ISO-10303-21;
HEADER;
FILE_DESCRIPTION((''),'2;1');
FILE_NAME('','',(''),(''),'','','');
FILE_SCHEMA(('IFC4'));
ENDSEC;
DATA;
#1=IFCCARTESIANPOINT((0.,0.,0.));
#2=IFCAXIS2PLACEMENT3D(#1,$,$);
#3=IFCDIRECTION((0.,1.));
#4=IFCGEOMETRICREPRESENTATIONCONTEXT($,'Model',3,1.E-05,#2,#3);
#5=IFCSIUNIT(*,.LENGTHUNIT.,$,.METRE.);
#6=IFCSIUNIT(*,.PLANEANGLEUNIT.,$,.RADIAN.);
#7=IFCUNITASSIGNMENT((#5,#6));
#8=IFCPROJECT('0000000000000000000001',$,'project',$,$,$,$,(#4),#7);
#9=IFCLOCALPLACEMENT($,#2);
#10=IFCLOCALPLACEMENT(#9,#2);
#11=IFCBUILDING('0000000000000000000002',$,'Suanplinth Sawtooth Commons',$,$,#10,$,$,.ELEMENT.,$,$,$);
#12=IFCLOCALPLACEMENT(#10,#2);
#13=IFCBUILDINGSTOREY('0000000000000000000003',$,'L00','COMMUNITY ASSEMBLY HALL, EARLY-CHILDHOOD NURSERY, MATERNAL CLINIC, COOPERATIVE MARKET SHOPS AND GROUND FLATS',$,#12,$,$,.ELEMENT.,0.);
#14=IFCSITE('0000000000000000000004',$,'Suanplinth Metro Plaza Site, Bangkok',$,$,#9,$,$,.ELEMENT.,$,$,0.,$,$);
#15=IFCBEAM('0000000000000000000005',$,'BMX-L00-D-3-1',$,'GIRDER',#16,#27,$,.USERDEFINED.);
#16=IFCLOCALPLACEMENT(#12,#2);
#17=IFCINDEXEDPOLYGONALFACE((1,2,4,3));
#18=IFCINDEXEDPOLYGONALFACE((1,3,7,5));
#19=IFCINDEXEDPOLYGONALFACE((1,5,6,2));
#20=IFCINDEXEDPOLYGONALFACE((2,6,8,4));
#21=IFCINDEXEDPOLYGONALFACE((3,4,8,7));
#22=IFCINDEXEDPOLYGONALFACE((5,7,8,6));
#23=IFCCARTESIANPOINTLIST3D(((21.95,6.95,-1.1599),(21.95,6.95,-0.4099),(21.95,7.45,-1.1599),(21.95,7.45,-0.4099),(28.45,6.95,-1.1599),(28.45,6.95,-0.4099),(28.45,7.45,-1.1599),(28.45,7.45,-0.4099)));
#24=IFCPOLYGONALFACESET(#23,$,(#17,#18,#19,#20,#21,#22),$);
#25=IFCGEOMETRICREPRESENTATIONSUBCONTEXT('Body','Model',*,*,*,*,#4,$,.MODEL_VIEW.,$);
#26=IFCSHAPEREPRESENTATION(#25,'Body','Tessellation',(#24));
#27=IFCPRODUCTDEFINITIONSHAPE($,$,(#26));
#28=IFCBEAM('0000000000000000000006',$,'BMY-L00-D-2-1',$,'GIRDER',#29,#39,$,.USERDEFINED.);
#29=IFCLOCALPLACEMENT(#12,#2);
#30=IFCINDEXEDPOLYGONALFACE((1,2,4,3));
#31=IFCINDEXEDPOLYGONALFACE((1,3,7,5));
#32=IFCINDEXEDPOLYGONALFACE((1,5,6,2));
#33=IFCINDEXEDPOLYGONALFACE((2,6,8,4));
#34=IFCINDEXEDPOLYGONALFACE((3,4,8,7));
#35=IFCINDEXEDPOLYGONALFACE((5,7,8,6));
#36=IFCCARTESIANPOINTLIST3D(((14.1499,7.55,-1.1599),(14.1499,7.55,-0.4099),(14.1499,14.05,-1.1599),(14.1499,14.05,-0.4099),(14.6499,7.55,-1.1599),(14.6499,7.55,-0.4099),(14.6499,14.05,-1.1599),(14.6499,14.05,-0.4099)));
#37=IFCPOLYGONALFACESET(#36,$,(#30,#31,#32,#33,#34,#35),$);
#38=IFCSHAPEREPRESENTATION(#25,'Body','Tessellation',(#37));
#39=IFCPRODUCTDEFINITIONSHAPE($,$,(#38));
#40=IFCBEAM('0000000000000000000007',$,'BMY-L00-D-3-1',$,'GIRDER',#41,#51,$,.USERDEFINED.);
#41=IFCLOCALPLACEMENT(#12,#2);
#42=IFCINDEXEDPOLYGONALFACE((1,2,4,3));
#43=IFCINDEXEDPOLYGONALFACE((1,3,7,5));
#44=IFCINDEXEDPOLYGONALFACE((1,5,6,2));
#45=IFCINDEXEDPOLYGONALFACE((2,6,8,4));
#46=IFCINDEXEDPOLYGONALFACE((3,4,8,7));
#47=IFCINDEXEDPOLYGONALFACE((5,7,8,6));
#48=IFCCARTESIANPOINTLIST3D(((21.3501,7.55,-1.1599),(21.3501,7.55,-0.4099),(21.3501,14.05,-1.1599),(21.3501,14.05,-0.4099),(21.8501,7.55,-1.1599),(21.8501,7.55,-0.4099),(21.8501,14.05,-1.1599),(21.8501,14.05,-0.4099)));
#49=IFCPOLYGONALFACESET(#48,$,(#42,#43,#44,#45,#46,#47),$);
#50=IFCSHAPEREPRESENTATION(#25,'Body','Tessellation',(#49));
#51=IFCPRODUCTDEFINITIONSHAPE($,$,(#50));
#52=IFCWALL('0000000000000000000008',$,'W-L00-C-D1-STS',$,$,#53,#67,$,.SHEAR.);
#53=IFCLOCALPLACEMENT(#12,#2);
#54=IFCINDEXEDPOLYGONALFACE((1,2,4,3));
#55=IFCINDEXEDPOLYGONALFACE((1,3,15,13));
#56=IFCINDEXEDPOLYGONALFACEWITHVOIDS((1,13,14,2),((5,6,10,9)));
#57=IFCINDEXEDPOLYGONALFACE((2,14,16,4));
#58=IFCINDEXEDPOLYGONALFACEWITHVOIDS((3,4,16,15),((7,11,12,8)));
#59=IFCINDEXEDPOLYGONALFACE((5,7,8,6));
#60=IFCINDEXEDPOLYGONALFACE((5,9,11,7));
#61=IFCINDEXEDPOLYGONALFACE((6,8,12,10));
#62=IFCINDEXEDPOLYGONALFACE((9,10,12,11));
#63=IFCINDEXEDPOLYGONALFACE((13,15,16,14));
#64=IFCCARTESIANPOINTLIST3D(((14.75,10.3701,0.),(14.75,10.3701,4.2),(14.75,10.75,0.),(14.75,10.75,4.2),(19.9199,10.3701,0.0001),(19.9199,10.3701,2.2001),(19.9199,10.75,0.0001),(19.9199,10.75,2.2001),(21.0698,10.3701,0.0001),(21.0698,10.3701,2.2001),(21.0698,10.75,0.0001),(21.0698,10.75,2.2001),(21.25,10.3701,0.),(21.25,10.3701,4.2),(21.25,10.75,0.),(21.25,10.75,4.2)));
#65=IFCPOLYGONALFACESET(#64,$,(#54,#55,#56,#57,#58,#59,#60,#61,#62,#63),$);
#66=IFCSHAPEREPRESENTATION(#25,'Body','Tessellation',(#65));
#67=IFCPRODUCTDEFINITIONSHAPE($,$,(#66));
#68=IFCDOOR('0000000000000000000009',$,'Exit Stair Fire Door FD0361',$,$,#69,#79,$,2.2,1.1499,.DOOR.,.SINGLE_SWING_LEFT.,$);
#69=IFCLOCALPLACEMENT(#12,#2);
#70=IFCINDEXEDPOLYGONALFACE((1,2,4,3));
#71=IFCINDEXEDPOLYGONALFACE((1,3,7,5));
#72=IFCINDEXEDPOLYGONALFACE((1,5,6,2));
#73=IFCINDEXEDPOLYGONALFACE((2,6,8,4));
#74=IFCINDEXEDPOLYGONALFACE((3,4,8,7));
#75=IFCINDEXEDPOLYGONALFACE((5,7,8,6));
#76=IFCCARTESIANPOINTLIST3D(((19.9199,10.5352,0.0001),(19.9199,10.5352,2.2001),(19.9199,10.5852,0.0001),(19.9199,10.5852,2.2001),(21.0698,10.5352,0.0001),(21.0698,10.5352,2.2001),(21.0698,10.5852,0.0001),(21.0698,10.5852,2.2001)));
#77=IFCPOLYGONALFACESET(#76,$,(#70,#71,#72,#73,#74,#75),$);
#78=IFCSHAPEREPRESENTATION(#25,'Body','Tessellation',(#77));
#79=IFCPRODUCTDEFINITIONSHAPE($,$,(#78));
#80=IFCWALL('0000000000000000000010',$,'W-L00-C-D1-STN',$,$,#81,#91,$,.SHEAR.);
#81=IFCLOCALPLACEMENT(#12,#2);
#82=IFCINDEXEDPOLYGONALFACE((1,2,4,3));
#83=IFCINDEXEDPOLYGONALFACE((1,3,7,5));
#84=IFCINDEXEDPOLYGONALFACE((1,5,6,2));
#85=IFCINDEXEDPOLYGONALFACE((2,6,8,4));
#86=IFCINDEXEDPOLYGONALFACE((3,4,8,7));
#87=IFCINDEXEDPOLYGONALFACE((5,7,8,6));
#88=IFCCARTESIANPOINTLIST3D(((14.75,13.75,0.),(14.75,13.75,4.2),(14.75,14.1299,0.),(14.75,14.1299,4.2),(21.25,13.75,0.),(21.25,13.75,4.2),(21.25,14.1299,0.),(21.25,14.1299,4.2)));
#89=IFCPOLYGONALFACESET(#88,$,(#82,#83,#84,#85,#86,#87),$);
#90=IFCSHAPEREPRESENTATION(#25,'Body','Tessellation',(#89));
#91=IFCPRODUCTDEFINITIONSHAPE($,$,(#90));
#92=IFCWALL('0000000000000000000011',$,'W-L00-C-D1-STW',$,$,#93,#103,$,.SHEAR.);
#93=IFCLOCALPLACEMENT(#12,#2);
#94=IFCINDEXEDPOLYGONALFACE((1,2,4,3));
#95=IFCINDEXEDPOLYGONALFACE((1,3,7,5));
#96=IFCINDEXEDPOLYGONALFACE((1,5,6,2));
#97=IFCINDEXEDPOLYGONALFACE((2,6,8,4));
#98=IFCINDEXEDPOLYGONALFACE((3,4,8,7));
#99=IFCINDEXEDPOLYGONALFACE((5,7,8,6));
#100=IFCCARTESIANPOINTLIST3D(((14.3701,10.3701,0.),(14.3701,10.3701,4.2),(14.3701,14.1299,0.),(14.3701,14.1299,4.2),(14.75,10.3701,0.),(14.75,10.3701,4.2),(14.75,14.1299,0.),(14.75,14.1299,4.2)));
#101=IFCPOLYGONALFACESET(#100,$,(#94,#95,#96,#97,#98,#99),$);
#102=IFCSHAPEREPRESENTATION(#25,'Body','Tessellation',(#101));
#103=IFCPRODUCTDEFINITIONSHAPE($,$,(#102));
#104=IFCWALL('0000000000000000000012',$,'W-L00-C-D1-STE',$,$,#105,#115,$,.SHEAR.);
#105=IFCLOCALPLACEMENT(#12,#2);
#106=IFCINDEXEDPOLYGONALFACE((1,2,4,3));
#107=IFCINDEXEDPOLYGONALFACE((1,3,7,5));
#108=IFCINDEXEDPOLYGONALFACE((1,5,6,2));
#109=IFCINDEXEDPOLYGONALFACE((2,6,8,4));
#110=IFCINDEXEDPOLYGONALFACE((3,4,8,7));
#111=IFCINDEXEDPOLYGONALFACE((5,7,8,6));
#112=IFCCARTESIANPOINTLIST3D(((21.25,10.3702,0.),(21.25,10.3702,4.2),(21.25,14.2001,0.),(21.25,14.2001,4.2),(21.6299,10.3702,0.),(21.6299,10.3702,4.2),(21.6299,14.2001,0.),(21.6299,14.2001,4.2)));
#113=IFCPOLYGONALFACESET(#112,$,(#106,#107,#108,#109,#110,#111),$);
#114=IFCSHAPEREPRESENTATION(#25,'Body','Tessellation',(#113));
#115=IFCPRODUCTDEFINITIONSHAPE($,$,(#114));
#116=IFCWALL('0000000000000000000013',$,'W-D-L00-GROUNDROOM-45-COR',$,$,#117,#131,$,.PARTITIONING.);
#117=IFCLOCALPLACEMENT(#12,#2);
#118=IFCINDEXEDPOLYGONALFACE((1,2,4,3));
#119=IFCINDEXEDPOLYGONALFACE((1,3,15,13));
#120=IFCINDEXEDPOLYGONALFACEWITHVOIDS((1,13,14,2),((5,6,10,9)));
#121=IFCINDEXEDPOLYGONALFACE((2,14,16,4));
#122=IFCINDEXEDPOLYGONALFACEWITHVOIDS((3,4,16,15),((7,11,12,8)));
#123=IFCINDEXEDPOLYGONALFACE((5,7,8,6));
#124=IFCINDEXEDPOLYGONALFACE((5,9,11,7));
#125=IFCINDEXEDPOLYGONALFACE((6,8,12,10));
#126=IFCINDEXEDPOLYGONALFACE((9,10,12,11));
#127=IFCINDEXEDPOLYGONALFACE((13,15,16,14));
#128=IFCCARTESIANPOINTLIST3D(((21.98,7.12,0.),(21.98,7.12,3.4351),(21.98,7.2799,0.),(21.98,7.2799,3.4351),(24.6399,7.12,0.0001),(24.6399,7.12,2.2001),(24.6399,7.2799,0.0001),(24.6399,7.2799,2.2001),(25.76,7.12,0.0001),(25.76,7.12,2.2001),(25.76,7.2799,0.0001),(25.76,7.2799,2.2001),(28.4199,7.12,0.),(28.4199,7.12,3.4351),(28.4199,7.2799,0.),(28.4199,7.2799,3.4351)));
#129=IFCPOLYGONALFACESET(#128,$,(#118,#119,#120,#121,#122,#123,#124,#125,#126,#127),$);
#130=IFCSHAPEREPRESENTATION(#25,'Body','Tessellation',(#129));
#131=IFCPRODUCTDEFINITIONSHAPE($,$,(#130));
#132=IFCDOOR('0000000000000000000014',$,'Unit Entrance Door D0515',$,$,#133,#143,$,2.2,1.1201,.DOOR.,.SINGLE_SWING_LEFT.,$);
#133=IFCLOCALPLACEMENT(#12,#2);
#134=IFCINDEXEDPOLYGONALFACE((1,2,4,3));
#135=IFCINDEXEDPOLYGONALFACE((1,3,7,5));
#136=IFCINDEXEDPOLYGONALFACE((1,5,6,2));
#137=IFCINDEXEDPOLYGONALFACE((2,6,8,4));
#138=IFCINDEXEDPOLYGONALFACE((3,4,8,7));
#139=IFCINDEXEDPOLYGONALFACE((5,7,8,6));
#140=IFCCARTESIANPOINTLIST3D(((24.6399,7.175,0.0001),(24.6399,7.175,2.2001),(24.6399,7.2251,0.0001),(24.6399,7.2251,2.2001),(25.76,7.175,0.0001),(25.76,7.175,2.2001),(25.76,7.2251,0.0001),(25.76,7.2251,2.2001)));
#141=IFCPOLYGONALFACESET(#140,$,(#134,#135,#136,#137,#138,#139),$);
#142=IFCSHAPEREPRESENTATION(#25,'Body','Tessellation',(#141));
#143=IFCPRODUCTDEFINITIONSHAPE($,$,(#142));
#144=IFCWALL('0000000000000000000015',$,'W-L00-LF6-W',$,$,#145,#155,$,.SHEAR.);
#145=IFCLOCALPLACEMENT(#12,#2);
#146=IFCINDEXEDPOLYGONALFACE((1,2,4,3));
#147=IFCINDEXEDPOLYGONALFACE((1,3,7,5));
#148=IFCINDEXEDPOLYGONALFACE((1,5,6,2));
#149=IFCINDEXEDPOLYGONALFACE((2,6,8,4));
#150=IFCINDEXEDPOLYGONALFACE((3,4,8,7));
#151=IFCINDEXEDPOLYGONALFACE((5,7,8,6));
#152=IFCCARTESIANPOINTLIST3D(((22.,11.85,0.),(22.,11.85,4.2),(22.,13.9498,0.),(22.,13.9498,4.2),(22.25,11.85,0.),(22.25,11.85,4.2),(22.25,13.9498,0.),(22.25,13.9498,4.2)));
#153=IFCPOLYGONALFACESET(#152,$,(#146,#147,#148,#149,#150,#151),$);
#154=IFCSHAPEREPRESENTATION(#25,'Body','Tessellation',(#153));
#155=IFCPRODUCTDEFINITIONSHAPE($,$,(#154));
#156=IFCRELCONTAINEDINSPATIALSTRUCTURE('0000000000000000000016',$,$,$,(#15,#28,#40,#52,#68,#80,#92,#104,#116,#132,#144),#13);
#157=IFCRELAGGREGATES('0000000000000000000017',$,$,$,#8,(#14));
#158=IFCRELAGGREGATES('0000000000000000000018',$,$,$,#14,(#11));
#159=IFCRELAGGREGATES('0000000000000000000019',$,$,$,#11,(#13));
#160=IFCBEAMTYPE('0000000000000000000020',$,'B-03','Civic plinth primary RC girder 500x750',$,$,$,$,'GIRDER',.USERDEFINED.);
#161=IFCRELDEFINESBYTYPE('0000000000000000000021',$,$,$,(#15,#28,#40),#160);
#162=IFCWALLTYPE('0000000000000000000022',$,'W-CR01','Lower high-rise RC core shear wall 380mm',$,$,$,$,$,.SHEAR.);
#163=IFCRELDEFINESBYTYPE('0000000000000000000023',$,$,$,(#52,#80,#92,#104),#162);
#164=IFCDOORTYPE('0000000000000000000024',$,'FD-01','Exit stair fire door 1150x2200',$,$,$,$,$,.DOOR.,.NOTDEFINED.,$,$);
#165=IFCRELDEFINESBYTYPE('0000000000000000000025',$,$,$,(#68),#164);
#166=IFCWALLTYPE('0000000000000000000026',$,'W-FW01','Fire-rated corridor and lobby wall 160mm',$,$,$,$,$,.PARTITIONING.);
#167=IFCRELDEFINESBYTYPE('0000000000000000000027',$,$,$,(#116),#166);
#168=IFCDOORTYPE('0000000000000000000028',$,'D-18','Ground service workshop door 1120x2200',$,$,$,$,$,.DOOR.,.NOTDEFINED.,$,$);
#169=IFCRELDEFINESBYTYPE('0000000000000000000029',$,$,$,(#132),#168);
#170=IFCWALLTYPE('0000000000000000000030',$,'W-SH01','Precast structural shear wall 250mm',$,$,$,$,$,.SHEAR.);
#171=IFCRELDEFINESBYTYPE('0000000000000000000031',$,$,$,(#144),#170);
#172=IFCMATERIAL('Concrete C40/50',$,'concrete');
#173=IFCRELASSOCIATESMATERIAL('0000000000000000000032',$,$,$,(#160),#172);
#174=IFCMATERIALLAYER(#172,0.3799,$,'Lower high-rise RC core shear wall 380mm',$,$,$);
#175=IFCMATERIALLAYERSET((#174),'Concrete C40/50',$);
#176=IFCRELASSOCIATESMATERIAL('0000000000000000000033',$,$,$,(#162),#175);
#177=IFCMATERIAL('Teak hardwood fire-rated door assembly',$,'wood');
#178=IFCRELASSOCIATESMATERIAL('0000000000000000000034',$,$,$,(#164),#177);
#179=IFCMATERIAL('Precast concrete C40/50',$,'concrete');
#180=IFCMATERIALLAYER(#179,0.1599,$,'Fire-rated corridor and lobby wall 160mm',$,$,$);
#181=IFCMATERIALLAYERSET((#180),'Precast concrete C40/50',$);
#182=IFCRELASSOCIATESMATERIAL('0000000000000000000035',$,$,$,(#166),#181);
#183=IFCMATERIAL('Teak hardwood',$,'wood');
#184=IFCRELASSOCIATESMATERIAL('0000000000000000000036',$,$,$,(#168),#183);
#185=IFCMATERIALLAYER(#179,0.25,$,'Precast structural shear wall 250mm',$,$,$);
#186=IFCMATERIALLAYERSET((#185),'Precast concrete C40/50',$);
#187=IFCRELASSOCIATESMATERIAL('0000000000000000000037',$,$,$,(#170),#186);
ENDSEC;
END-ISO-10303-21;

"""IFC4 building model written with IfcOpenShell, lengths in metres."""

from ifc_helpers import new_model, si_unit, direction, frame, frame_2d, origin, origin_2d, place, context, subcontext, project, spatial, rectangle, extrude, material, layer, layer_set, material_profile, profile_set, type_object, element, fill, save


model = new_model("IFC4")

# Units and contexts
model_context = context("Model", 3, precision=1e-05, world=origin(), true_north=direction((0.0, 1.0)))
body_context = subcontext(model_context, "Body", "Model", "MODEL_VIEW")
ifc_project = project(units=[si_unit("LENGTHUNIT", "METRE"), si_unit("PLANEANGLEUNIT", "RADIAN")], contexts=[model_context])

# Site, building, storey
site_placement = place(None, origin())
site = spatial("IfcSite", under=ifc_project, at=site_placement, Name="Suanplinth Metro Plaza Site, Bangkok", CompositionType="ELEMENT", RefElevation=0.0)
building_placement = place(site_placement, origin())
building = spatial("IfcBuilding", under=site, at=building_placement, Name="Suanplinth Sawtooth Commons", CompositionType="ELEMENT")
storey_placement = place(building_placement, origin())
storey = spatial("IfcBuildingStorey", under=building, at=storey_placement, Name="L00", Description="COMMUNITY ASSEMBLY HALL, EARLY-CHILDHOOD NURSERY, MATERNAL CLINIC, COOPERATIVE MARKET SHOPS AND GROUND FLATS", CompositionType="ELEMENT", Elevation=0.0)

# Beams
ifc_material_1 = material(Name="Concrete C40/50", Category="concrete")
ifc_material_profile = material_profile(ifc_material_1, rectangle(XDim=0.5, YDim=0.75, at=origin_2d()), Name="RC-GDR 500x750")
ifc_profile_set = profile_set([ifc_material_profile], Name="Concrete C40/50")
beam_type = type_object("IfcBeamType", Name="B-03", Description="Civic plinth primary RC girder 500x750", ElementType="GIRDER", PredefinedType="USERDEFINED", material=ifc_profile_set)
for number, where, z_axis, x_axis, name in (
    (1, (21.95, 7.2, -0.7849), (1.0, 0.0, 0.0), (0.0, 1.0, 0.0), "BMX-L00-D-3-1"),
    (2, (14.3999, 7.55, -0.7849), (0.0, 1.0, 0.0), (-1.0, 0.0, 0.0), "BMY-L00-D-2-1"),
    (3, (21.6001, 7.55, -0.7849), (0.0, 1.0, 0.0), (-1.0, 0.0, 0.0), "BMY-L00-D-3-1"),
):
    element("IfcBeam", number, at=place(storey_placement, frame(where, z_axis=z_axis, x_axis=x_axis)), inside=storey, type_object=beam_type, Name=name, ObjectType="GIRDER", PredefinedType="USERDEFINED", context=body_context, shape_type="SweptSolid", body=[
        extrude(rectangle(XDim=0.5, YDim=0.75, at=origin_2d()), origin(), (0.0, 0.0, 1.0), 6.5),
    ])

# Wall, opening, door
ifc_layer_1 = layer(ifc_material_1, 0.3799, Name="Lower high-rise RC core shear wall 380mm")
ifc_layer_set_1 = layer_set([ifc_layer_1], Name="Concrete C40/50")
wall_type_1 = type_object("IfcWallType", Name="W-CR01", Description="Lower high-rise RC core shear wall 380mm", PredefinedType="SHEAR", material=ifc_layer_set_1)
wall_1_placement = place(storey_placement, frame((14.75, 10.5601, 0.0), z_axis=(0.0, 0.0, 1.0), x_axis=(1.0, 0.0, 0.0)))
wall_1 = element("IfcWall", 4, at=wall_1_placement, inside=storey, type_object=wall_type_1, Name="W-L00-C-D1-STS", PredefinedType="SHEAR", context=body_context, shape_type="SweptSolid", body=[
    extrude(rectangle(XDim=6.5, YDim=0.3799, at=frame_2d((3.25, 0.0))), origin(), (0.0, 0.0, 1.0), 4.2),
])
opening_1_placement = place(wall_1_placement, frame((5.1699, 0.0, 0.0)))
opening_1 = element("IfcOpeningElement", 5, at=opening_1_placement, cuts=wall_1, PredefinedType="OPENING", context=body_context, shape_type="SweptSolid", body=[
    extrude(rectangle(XDim=1.1499, YDim=2.2, at=frame_2d((0.575, 1.1001))), frame((0.0, 0.2048, 0.0), z_axis=(0.0, -1.0, 0.0), x_axis=(1.0, 0.0, 0.0)), (0.0, 0.0, 1.0), 0.4097),
])
ifc_material_2 = material(Name="Teak hardwood fire-rated door assembly", Category="wood")
door_type_1 = type_object("IfcDoorType", Name="FD-01", Description="Exit stair fire door 1150x2200", OperationType="NOTDEFINED", PredefinedType="DOOR", material=ifc_material_2)
door_1_placement = place(opening_1_placement, frame((1.1499, 0.0, 0.0), z_axis=(0.0, 0.0, 1.0), x_axis=(-1.0, 0.0, 0.0)))
door_1 = element("IfcDoor", 6, at=door_1_placement, inside=storey, type_object=door_type_1, Name="Exit Stair Fire Door FD0361", OperationType="SINGLE_SWING_LEFT", OverallHeight=2.2, OverallWidth=1.1499, PredefinedType="DOOR", context=body_context, shape_type="SweptSolid", body=[
    extrude(rectangle(XDim=1.1499, YDim=2.2, at=frame_2d((0.575, 1.1001))), frame((0.0, 0.0249, 0.0), z_axis=(0.0, -1.0, 0.0), x_axis=(1.0, 0.0, 0.0)), (0.0, 0.0, 1.0), 0.05),
])
fill(opening_1, door_1)

# Walls
wall_2_placement = place(storey_placement, frame((14.75, 13.9399, 0.0), z_axis=(0.0, 0.0, 1.0), x_axis=(1.0, 0.0, 0.0)))
element("IfcWall", 7, at=wall_2_placement, inside=storey, type_object=wall_type_1, Name="W-L00-C-D1-STN", PredefinedType="SHEAR", context=body_context, shape_type="SweptSolid", body=[
    extrude(rectangle(XDim=6.5, YDim=0.3799, at=frame_2d((3.25, 0.0))), origin(), (0.0, 0.0, 1.0), 4.2),
])
wall_3_placement = place(storey_placement, frame((14.5601, 10.3701, 0.0), z_axis=(0.0, 0.0, 1.0), x_axis=(0.0, 1.0, 0.0)))
element("IfcWall", 8, at=wall_3_placement, inside=storey, type_object=wall_type_1, Name="W-L00-C-D1-STW", PredefinedType="SHEAR", context=body_context, shape_type="SweptSolid", body=[
    extrude(rectangle(XDim=3.7598, YDim=0.3799, at=frame_2d((1.8799, 0.0))), origin(), (0.0, 0.0, 1.0), 4.2),
])
wall_4_placement = place(storey_placement, frame((21.4399, 10.3701, 0.0), z_axis=(0.0, 0.0, 1.0), x_axis=(0.0, 1.0, 0.0)))
element("IfcWall", 9, at=wall_4_placement, inside=storey, type_object=wall_type_1, Name="W-L00-C-D1-STE", PredefinedType="SHEAR", context=body_context, shape_type="SweptSolid", body=[
    extrude(rectangle(XDim=3.8298, YDim=0.3799, at=frame_2d((1.915, 0.0))), origin(), (0.0, 0.0, 1.0), 4.2),
])

# Wall, opening, door
ifc_material_3 = material(Name="Precast concrete C40/50", Category="concrete")
ifc_layer_2 = layer(ifc_material_3, 0.1599, Name="Fire-rated corridor and lobby wall 160mm")
ifc_layer_set_2 = layer_set([ifc_layer_2], Name="Precast concrete C40/50")
wall_type_2 = type_object("IfcWallType", Name="W-FW01", Description="Fire-rated corridor and lobby wall 160mm", PredefinedType="PARTITIONING", material=ifc_layer_set_2)
wall_5_placement = place(storey_placement, frame((21.98, 7.2, 0.0), z_axis=(0.0, 0.0, 1.0), x_axis=(1.0, 0.0, 0.0)))
wall_5 = element("IfcWall", 10, at=wall_5_placement, inside=storey, type_object=wall_type_2, Name="W-D-L00-GROUNDROOM-45-COR", PredefinedType="PARTITIONING", context=body_context, shape_type="SweptSolid", body=[
    extrude(rectangle(XDim=6.4399, YDim=0.1599, at=frame_2d((3.22, 0.0))), origin(), (0.0, 0.0, 1.0), 3.4351),
])
opening_2_placement = place(wall_5_placement, frame((2.6599, 0.0, 0.0)))
opening_2 = element("IfcOpeningElement", 11, at=opening_2_placement, cuts=wall_5, PredefinedType="OPENING", context=body_context, shape_type="SweptSolid", body=[
    extrude(rectangle(XDim=1.1201, YDim=2.2, at=frame_2d((0.5601, 1.1001))), frame((0.0, 0.0947, 0.0), z_axis=(0.0, -1.0, 0.0), x_axis=(1.0, 0.0, 0.0)), (0.0, 0.0, 1.0), 0.1897),
])
ifc_material_4 = material(Name="Teak hardwood", Category="wood")
door_type_2 = type_object("IfcDoorType", Name="D-18", Description="Ground service workshop door 1120x2200", OperationType="NOTDEFINED", PredefinedType="DOOR", material=ifc_material_4)
door_2_placement = place(opening_2_placement, frame((1.1201, 0.0, 0.0), z_axis=(0.0, 0.0, 1.0), x_axis=(-1.0, 0.0, 0.0)))
door_2 = element("IfcDoor", 12, at=door_2_placement, inside=storey, type_object=door_type_2, Name="Unit Entrance Door D0515", OperationType="SINGLE_SWING_LEFT", OverallHeight=2.2, OverallWidth=1.1201, PredefinedType="DOOR", context=body_context, shape_type="SweptSolid", body=[
    extrude(rectangle(XDim=1.1201, YDim=2.2, at=frame_2d((0.5601, 1.1001))), frame((0.0, 0.0249, 0.0), z_axis=(0.0, -1.0, 0.0), x_axis=(1.0, 0.0, 0.0)), (0.0, 0.0, 1.0), 0.05),
])
fill(opening_2, door_2)
ifc_layer_3 = layer(ifc_material_3, 0.25, Name="Precast structural shear wall 250mm")
ifc_layer_set_3 = layer_set([ifc_layer_3], Name="Precast concrete C40/50")
wall_type_3 = type_object("IfcWallType", Name="W-SH01", Description="Precast structural shear wall 250mm", PredefinedType="SHEAR", material=ifc_layer_set_3)

# Wall
wall_6_placement = place(storey_placement, frame((22.125, 11.8501, 0.0), z_axis=(0.0, 0.0, 1.0), x_axis=(0.0, 1.0, 0.0)))
element("IfcWall", 13, at=wall_6_placement, inside=storey, type_object=wall_type_3, Name="W-L00-LF6-W", PredefinedType="SHEAR", context=body_context, shape_type="SweptSolid", body=[
    extrude(rectangle(XDim=2.0999, YDim=0.25, at=frame_2d((1.0498, 0.0))), origin(), (0.0, 0.0, 1.0), 4.2),
])

save(model, "model.ifc")
